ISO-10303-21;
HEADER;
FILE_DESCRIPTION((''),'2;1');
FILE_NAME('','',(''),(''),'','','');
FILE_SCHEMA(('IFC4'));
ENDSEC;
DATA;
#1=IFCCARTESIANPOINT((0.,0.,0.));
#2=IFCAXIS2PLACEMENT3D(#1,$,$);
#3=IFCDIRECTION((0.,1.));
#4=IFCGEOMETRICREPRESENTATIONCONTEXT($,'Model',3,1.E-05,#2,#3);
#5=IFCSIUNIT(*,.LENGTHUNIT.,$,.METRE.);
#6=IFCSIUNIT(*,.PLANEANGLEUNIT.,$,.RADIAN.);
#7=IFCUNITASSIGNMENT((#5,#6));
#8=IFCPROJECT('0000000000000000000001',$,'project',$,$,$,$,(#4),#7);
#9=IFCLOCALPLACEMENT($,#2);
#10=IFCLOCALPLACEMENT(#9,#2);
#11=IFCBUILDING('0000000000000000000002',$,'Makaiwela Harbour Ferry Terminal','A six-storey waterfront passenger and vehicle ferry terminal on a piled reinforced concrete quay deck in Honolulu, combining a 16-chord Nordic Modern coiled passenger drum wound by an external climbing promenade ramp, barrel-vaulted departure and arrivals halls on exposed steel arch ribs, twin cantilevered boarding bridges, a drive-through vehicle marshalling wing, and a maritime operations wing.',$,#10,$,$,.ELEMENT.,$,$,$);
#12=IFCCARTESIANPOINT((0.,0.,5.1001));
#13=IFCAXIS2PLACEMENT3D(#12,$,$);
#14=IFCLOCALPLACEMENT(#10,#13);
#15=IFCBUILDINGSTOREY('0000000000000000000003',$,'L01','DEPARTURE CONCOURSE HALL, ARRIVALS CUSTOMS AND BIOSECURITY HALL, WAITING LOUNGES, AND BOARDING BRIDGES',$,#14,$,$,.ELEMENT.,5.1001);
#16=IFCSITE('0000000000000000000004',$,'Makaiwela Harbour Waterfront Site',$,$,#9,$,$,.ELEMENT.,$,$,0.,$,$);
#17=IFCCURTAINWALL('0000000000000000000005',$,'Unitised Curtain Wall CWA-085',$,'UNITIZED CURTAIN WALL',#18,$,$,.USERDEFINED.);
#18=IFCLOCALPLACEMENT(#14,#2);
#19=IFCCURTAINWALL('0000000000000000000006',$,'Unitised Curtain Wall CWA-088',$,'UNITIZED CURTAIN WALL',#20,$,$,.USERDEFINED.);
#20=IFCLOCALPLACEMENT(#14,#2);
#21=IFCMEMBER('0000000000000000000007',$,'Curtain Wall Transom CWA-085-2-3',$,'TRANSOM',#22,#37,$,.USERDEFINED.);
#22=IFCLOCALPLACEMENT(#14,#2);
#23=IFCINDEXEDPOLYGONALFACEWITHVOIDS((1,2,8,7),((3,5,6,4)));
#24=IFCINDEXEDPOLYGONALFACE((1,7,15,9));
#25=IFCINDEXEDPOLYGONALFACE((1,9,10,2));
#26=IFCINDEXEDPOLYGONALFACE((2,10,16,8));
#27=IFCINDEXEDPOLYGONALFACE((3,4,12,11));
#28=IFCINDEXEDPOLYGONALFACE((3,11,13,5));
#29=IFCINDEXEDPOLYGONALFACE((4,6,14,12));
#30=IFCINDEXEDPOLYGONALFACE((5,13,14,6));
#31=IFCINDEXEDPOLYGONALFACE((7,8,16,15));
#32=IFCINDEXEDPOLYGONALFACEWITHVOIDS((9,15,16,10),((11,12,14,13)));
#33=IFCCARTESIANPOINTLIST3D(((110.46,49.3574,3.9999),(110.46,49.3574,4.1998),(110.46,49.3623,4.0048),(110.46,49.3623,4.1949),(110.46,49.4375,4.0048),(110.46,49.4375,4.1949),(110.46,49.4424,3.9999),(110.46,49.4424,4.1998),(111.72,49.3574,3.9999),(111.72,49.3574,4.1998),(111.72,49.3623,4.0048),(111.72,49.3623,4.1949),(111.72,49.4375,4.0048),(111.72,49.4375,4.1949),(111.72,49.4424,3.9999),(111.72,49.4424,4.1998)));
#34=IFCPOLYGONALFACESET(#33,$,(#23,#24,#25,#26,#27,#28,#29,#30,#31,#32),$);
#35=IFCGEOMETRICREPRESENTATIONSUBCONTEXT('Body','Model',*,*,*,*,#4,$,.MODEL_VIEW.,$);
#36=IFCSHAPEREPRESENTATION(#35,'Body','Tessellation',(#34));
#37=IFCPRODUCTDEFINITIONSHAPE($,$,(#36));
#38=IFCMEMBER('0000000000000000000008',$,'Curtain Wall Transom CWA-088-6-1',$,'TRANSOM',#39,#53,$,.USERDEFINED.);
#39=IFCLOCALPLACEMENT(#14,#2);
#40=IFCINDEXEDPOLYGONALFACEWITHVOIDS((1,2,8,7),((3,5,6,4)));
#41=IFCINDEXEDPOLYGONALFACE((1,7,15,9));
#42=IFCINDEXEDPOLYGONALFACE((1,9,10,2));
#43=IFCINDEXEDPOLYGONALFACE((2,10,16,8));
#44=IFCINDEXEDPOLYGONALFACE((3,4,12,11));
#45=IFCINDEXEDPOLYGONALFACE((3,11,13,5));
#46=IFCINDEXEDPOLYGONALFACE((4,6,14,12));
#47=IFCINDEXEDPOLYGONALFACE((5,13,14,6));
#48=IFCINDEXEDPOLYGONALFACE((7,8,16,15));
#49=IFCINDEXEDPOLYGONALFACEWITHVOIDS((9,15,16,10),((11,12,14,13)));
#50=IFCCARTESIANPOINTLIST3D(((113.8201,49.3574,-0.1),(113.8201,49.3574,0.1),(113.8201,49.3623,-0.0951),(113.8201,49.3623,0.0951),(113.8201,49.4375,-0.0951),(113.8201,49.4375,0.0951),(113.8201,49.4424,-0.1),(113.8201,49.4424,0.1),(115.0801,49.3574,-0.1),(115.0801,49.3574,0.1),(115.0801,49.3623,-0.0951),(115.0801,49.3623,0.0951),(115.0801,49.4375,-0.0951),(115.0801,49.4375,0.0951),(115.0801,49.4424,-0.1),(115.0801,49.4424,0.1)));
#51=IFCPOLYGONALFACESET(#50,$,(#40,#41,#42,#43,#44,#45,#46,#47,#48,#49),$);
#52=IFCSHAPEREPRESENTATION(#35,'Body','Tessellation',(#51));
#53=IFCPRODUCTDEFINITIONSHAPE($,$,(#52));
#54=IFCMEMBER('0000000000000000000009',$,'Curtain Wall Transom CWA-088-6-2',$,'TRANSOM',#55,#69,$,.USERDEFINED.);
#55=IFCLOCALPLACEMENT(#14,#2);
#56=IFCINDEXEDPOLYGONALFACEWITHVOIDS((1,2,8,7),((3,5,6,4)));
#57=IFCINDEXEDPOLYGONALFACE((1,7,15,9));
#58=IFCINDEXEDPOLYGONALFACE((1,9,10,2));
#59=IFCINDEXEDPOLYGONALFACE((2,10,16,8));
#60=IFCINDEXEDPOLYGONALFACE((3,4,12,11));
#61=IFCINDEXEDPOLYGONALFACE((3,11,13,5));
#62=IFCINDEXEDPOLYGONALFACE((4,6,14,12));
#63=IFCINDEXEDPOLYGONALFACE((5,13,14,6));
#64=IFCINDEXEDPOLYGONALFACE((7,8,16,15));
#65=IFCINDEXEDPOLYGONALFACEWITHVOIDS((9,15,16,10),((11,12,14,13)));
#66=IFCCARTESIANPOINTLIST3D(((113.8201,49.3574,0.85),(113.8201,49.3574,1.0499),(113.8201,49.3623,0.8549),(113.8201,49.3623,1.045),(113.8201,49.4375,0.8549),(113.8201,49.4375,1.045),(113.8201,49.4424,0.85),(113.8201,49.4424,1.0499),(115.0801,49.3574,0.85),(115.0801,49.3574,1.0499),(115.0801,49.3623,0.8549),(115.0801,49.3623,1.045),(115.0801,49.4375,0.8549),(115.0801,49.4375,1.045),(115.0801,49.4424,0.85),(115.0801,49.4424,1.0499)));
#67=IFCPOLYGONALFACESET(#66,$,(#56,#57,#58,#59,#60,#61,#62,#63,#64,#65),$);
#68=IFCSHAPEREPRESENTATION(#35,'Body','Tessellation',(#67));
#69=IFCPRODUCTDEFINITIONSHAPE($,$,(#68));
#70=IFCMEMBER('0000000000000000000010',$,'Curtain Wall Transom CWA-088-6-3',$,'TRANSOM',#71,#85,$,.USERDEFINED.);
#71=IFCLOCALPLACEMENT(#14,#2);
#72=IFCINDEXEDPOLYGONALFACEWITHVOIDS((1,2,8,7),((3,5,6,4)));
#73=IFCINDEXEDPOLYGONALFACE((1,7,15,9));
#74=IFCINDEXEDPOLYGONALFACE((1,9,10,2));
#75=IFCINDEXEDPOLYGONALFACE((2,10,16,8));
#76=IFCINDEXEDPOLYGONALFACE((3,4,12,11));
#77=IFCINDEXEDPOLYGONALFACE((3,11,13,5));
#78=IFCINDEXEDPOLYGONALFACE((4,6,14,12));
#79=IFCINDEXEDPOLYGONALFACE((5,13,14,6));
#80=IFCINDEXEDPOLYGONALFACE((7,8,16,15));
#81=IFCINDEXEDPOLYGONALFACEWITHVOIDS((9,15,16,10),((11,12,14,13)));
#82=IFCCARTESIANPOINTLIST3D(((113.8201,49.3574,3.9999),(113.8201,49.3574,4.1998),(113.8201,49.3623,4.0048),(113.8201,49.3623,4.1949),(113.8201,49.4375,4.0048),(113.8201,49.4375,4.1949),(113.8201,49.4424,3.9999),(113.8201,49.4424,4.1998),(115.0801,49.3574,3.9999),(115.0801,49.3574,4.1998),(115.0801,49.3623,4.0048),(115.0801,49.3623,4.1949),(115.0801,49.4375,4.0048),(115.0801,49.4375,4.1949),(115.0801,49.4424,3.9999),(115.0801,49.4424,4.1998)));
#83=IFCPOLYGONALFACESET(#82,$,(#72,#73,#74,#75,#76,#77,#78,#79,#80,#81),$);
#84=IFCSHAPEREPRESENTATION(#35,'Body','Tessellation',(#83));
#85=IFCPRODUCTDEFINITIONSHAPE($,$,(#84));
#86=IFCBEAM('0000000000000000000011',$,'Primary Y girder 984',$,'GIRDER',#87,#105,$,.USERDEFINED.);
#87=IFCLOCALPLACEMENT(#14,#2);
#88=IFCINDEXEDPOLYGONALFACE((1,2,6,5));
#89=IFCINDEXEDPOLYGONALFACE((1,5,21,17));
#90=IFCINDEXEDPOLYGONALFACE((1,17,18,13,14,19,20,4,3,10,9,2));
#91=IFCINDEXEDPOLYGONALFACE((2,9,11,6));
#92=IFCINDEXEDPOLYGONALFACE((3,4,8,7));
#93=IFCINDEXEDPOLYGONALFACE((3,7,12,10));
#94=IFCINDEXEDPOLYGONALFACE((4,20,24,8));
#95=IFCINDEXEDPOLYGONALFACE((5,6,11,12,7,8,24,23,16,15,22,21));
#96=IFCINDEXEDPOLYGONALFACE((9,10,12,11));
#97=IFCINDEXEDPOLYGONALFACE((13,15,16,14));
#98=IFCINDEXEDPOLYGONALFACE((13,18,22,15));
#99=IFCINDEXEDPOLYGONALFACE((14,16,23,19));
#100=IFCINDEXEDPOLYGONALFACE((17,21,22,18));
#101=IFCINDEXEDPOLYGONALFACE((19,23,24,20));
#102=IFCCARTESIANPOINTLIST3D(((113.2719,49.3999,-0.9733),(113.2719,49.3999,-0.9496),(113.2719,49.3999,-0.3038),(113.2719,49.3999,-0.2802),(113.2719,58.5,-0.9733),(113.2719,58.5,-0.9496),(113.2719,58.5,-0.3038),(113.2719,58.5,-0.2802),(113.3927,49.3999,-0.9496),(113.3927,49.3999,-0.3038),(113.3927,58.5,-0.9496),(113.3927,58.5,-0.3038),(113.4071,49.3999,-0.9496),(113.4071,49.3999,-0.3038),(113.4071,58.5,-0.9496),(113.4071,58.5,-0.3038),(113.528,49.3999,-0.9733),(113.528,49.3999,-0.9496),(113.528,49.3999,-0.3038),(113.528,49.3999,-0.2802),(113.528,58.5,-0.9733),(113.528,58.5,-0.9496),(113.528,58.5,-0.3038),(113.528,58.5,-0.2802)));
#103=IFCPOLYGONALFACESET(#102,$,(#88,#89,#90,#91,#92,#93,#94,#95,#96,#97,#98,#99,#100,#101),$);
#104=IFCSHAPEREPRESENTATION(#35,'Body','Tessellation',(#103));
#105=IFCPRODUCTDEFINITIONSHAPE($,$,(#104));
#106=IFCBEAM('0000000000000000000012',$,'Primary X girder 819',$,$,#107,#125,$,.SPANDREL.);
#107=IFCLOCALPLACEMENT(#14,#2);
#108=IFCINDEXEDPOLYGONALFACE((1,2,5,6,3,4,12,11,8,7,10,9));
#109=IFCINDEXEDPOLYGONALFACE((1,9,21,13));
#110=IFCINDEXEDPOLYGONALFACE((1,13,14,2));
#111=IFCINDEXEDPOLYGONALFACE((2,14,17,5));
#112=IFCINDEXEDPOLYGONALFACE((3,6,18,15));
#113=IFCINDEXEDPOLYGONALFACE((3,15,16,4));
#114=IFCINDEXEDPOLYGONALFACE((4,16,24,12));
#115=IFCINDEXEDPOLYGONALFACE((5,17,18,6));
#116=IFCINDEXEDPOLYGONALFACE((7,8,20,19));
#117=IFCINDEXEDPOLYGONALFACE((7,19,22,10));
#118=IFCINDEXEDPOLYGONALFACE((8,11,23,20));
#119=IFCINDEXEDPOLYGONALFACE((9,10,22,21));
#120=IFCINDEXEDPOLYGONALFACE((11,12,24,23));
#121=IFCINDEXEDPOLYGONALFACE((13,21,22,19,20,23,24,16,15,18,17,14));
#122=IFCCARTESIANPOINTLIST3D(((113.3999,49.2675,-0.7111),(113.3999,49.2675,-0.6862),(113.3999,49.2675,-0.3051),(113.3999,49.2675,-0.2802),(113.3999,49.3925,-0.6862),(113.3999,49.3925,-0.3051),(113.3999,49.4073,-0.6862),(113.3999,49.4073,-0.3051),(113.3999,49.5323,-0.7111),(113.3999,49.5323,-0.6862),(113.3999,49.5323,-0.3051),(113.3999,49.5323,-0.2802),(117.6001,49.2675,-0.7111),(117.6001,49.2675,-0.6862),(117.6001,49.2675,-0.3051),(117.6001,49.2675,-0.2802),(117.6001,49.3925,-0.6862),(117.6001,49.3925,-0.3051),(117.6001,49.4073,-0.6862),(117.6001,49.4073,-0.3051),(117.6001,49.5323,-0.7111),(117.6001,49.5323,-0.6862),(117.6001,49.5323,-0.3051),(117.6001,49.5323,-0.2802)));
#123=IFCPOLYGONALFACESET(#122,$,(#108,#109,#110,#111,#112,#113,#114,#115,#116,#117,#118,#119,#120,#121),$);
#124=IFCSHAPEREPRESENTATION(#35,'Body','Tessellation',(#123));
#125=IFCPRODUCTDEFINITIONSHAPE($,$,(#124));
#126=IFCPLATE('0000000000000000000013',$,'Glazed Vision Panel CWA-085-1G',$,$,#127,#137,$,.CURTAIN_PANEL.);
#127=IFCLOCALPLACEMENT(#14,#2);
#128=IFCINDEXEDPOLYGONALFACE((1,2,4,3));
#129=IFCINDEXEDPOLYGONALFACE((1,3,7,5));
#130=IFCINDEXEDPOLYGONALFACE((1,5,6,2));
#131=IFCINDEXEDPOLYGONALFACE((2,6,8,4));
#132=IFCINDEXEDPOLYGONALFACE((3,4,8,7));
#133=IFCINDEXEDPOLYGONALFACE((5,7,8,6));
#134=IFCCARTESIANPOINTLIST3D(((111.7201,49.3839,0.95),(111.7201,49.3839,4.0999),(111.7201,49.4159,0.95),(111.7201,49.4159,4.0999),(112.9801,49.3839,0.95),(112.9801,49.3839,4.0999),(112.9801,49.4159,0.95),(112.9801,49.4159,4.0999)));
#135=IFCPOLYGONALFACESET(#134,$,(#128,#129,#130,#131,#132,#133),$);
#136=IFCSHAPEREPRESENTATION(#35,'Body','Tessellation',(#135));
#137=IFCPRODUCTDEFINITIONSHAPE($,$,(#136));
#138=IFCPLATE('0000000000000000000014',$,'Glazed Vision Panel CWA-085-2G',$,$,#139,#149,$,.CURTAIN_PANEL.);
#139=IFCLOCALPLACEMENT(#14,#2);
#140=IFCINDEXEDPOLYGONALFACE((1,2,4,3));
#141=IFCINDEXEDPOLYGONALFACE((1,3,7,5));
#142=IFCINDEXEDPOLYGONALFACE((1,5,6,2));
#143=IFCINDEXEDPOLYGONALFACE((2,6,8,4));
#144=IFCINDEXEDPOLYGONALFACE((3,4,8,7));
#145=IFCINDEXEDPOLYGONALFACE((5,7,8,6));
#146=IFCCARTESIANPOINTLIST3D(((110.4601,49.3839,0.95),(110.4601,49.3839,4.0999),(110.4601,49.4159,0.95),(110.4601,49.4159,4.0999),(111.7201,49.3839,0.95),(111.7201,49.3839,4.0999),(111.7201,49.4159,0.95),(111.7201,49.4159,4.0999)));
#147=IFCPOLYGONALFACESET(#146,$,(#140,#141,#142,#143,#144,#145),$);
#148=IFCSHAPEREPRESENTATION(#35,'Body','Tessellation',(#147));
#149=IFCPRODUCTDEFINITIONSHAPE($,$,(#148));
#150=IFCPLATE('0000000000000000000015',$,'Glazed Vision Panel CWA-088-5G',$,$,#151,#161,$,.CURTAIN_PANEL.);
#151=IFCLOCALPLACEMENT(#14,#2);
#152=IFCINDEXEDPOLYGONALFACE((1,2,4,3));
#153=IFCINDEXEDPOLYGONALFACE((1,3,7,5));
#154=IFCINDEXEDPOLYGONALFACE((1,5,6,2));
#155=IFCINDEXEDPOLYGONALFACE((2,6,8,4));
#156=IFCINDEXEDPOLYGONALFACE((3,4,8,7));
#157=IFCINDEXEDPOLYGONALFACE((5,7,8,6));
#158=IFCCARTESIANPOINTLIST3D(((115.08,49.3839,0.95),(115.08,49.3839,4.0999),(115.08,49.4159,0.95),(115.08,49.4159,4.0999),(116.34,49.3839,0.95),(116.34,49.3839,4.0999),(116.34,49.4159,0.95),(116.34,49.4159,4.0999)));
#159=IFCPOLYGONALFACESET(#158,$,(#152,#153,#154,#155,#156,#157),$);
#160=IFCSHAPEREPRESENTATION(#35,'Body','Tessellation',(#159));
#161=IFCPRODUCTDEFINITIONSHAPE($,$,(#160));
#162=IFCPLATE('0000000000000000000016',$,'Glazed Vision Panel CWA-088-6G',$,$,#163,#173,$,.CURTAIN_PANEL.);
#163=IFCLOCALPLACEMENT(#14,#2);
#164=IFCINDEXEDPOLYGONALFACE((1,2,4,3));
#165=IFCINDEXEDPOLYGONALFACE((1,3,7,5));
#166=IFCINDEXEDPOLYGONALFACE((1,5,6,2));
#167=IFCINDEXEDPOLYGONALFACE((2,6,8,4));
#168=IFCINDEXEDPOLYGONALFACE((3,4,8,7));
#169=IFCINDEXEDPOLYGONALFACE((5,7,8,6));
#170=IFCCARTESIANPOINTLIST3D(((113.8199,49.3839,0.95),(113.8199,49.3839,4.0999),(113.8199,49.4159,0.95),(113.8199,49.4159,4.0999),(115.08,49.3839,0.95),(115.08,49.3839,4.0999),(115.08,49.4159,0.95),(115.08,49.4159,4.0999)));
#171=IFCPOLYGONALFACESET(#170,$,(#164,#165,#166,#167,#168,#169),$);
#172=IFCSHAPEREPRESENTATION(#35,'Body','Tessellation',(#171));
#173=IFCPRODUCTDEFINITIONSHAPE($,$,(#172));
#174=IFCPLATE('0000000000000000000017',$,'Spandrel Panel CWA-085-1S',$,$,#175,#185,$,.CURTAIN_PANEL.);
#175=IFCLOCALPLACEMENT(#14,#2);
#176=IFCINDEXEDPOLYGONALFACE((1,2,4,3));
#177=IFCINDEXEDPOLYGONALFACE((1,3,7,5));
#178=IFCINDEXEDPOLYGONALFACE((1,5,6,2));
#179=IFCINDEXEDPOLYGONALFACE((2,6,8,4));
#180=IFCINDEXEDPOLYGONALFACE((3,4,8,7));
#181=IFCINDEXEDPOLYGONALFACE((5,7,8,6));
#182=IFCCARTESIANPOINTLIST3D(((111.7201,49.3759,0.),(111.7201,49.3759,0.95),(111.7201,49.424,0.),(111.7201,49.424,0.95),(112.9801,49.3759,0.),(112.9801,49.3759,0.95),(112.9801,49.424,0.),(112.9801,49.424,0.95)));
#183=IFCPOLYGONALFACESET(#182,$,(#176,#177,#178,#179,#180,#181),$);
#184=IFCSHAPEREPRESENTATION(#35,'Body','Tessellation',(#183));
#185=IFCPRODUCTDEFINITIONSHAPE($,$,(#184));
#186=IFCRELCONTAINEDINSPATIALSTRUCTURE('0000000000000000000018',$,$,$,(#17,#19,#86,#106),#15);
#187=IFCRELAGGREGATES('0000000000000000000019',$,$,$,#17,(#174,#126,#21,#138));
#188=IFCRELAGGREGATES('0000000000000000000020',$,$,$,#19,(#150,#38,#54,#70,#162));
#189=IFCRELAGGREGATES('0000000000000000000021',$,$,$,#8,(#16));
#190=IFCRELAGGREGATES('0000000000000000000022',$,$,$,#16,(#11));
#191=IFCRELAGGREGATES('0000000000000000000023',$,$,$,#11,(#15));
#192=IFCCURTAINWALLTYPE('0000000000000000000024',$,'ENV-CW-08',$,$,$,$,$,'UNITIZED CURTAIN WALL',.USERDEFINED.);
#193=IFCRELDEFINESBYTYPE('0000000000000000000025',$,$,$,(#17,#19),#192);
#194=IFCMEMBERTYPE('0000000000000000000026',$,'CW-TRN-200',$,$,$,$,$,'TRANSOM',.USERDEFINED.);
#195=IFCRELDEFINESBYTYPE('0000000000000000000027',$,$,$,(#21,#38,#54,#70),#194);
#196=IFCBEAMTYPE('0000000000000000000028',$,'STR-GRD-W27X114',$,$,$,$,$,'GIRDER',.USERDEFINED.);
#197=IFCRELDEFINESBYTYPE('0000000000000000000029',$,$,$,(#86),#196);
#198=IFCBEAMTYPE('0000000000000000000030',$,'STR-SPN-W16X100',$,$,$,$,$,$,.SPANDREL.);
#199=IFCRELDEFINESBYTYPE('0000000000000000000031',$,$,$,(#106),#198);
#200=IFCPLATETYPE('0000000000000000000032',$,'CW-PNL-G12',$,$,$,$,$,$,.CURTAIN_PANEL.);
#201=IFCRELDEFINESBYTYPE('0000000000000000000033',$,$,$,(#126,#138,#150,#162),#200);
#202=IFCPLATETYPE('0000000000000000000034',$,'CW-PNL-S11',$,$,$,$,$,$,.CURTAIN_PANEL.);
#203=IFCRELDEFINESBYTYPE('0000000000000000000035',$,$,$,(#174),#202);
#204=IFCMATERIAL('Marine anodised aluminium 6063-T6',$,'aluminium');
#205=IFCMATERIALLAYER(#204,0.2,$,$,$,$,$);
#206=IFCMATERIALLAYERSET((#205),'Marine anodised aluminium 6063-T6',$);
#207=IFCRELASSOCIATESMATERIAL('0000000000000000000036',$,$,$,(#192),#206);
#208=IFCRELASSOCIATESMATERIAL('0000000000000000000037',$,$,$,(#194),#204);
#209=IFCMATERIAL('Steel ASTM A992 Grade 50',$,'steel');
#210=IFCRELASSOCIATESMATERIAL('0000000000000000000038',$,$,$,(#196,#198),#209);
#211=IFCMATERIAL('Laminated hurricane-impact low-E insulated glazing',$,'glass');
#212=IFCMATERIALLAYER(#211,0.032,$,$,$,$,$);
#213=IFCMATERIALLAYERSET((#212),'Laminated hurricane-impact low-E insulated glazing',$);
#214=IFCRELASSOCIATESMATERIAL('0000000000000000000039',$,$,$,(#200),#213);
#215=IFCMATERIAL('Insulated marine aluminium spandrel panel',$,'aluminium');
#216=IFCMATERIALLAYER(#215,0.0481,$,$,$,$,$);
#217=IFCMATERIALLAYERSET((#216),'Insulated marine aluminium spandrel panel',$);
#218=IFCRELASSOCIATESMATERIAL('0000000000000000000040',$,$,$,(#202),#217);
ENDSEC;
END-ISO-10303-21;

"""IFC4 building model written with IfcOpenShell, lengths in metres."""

from ifc_helpers import new_model, si_unit, direction, frame, origin, origin_2d, place, context, subcontext, project, spatial, rectangle, hollow_rectangle, i_section, extrude, material, layer, layer_set, material_profile, profile_set, type_object, element, aggregate, save


model = new_model("IFC4")

# Units and contexts
model_context = context("Model", 3, precision=1e-05, world=origin(), true_north=direction((0.0, 1.0)))
body_context = subcontext(model_context, "Body", "Model", "MODEL_VIEW")
ifc_project = project(units=[si_unit("LENGTHUNIT", "METRE"), si_unit("PLANEANGLEUNIT", "RADIAN")], contexts=[model_context])

# Site, building, storey
site_placement = place(None, origin())
site = spatial("IfcSite", under=ifc_project, at=site_placement, Name="Makaiwela Harbour Waterfront Site", CompositionType="ELEMENT", RefElevation=0.0)
building_placement = place(site_placement, origin())
building = spatial("IfcBuilding", under=site, at=building_placement, Name="Makaiwela Harbour Ferry Terminal", Description="A six-storey waterfront passenger and vehicle ferry terminal on a piled reinforced concrete quay deck in Honolulu, combining a 16-chord Nordic Modern coiled passenger drum wound by an external climbing promenade ramp, barrel-vaulted departure and arrivals halls on exposed steel arch ribs, twin cantilevered boarding bridges, a drive-through vehicle marshalling wing, and a maritime operations wing.", CompositionType="ELEMENT")
storey_placement = place(building_placement, frame((0.0, 0.0, 5.1001)))
storey = spatial("IfcBuildingStorey", under=building, at=storey_placement, Name="L01", Description="DEPARTURE CONCOURSE HALL, ARRIVALS CUSTOMS AND BIOSECURITY HALL, WAITING LOUNGES, AND BOARDING BRIDGES", CompositionType="ELEMENT", Elevation=5.1001)

# Shared definitions
ifc_material_1 = material(Name="Steel ASTM A992 Grade 50", Category="steel")

# Curtain walls
ifc_material_2 = material(Name="Marine anodised aluminium 6063-T6", Category="aluminium")
ifc_layer_1 = layer(ifc_material_2, 0.2)
ifc_layer_set_1 = layer_set([ifc_layer_1], Name="Marine anodised aluminium 6063-T6")
curtain_wall_type = type_object("IfcCurtainWallType", Name="ENV-CW-08", ElementType="UNITIZED CURTAIN WALL", PredefinedType="USERDEFINED", material=ifc_layer_set_1)
curtain_wall_1_placement = place(storey_placement, origin())
curtain_wall_1 = element("IfcCurtainWall", 1, at=curtain_wall_1_placement, inside=storey, type_object=curtain_wall_type, Name="Unitised Curtain Wall CWA-085", ObjectType="UNITIZED CURTAIN WALL", PredefinedType="USERDEFINED")
curtain_wall_2_placement = place(storey_placement, origin())
curtain_wall_2 = element("IfcCurtainWall", 2, at=curtain_wall_2_placement, inside=storey, type_object=curtain_wall_type, Name="Unitised Curtain Wall CWA-088", ObjectType="UNITIZED CURTAIN WALL", PredefinedType="USERDEFINED")

# Members
ifc_material_profile_1 = material_profile(ifc_material_2, hollow_rectangle(XDim=0.085, YDim=0.2, WallThickness=0.0049, at=origin_2d()), Name="CWT-200X85")
ifc_profile_set_1 = profile_set([ifc_material_profile_1], Name="Marine anodised aluminium 6063-T6")
member_type_1 = type_object("IfcMemberType", Name="CW-TRN-200", ElementType="TRANSOM", PredefinedType="USERDEFINED", material=ifc_profile_set_1)
member_1_placement = place(storey_placement, frame((111.72, 49.3999, 4.0999), z_axis=(-1.0, 0.0, 0.0), x_axis=(0.0, -1.0, 0.0)))
member_1 = element("IfcMember", 3, at=member_1_placement, type_object=member_type_1, Name="Curtain Wall Transom CWA-085-2-3", ObjectType="TRANSOM", PredefinedType="USERDEFINED", context=body_context, shape_type="SweptSolid", body=[
    extrude(hollow_rectangle(XDim=0.085, YDim=0.2, WallThickness=0.0049, at=origin_2d()), origin(), (0.0, 0.0, 1.0), 1.26),
])
member_2_placement = place(storey_placement, frame((115.0801, 49.3999, 0.0), z_axis=(-1.0, 0.0, 0.0), x_axis=(0.0, -1.0, 0.0)))
member_2 = element("IfcMember", 4, at=member_2_placement, type_object=member_type_1, Name="Curtain Wall Transom CWA-088-6-1", ObjectType="TRANSOM", PredefinedType="USERDEFINED", context=body_context, shape_type="SweptSolid", body=[
    extrude(hollow_rectangle(XDim=0.085, YDim=0.2, WallThickness=0.0049, at=origin_2d()), origin(), (0.0, 0.0, 1.0), 1.26),
])
member_3_placement = place(storey_placement, frame((115.0801, 49.3999, 0.95), z_axis=(-1.0, 0.0, 0.0), x_axis=(0.0, -1.0, 0.0)))
member_3 = element("IfcMember", 5, at=member_3_placement, type_object=member_type_1, Name="Curtain Wall Transom CWA-088-6-2", ObjectType="TRANSOM", PredefinedType="USERDEFINED", context=body_context, shape_type="SweptSolid", body=[
    extrude(hollow_rectangle(XDim=0.085, YDim=0.2, WallThickness=0.0049, at=origin_2d()), origin(), (0.0, 0.0, 1.0), 1.26),
])
member_4_placement = place(storey_placement, frame((115.0801, 49.3999, 4.0999), z_axis=(-1.0, 0.0, 0.0), x_axis=(0.0, -1.0, 0.0)))
member_4 = element("IfcMember", 6, at=member_4_placement, type_object=member_type_1, Name="Curtain Wall Transom CWA-088-6-3", ObjectType="TRANSOM", PredefinedType="USERDEFINED", context=body_context, shape_type="SweptSolid", body=[
    extrude(hollow_rectangle(XDim=0.085, YDim=0.2, WallThickness=0.0049, at=origin_2d()), origin(), (0.0, 0.0, 1.0), 1.26),
])

# Beams
ifc_material_profile_2 = material_profile(ifc_material_1, i_section(OverallWidth=0.2561, OverallDepth=0.6931, WebThickness=0.0144, FlangeThickness=0.0237, at=origin_2d()), Name="W27X114")
ifc_profile_set_2 = profile_set([ifc_material_profile_2], Name="Steel ASTM A992 Grade 50")
beam_type_1 = type_object("IfcBeamType", Name="STR-GRD-W27X114", ElementType="GIRDER", PredefinedType="USERDEFINED", material=ifc_profile_set_2)
beam_1_placement = place(storey_placement, frame((113.3999, 49.3999, -0.6267), z_axis=(0.0, 1.0, 0.0), x_axis=(-1.0, 0.0, 0.0)))
element("IfcBeam", 7, at=beam_1_placement, inside=storey, type_object=beam_type_1, Name="Primary Y girder 984", ObjectType="GIRDER", PredefinedType="USERDEFINED", context=body_context, shape_type="SweptSolid", body=[
    extrude(i_section(OverallWidth=0.2561, OverallDepth=0.6931, WebThickness=0.0144, FlangeThickness=0.0237, at=origin_2d()), origin(), (0.0, 0.0, 1.0), 9.1001),
])
ifc_material_profile_3 = material_profile(ifc_material_1, i_section(OverallWidth=0.2649, OverallDepth=0.4309, WebThickness=0.0149, FlangeThickness=0.0249, at=origin_2d()), Name="W16X100")
ifc_profile_set_3 = profile_set([ifc_material_profile_3], Name="Steel ASTM A992 Grade 50")
beam_type_2 = type_object("IfcBeamType", Name="STR-SPN-W16X100", PredefinedType="SPANDREL", material=ifc_profile_set_3)
beam_2_placement = place(storey_placement, frame((113.3999, 49.3999, -0.4956), z_axis=(1.0, 0.0, 0.0), x_axis=(0.0, 1.0, 0.0)))
element("IfcBeam", 8, at=beam_2_placement, inside=storey, type_object=beam_type_2, Name="Primary X girder 819", PredefinedType="SPANDREL", context=body_context, shape_type="SweptSolid", body=[
    extrude(i_section(OverallWidth=0.2649, OverallDepth=0.4309, WebThickness=0.0149, FlangeThickness=0.0249, at=origin_2d()), origin(), (0.0, 0.0, 1.0), 4.2002),
])

# Plates
ifc_material_3 = material(Name="Laminated hurricane-impact low-E insulated glazing", Category="glass")
ifc_layer_2 = layer(ifc_material_3, 0.032)
ifc_layer_set_2 = layer_set([ifc_layer_2], Name="Laminated hurricane-impact low-E insulated glazing")
plate_type_1 = type_object("IfcPlateType", Name="CW-PNL-G12", PredefinedType="CURTAIN_PANEL", material=ifc_layer_set_2)
plate_1_placement = place(storey_placement, frame((112.3501, 49.3999, 0.95), z_axis=(0.0, 0.0, 1.0), x_axis=(-1.0, 0.0, 0.0)))
plate_1 = element("IfcPlate", 9, at=plate_1_placement, type_object=plate_type_1, Name="Glazed Vision Panel CWA-085-1G", PredefinedType="CURTAIN_PANEL", context=body_context, shape_type="SweptSolid", body=[
    extrude(rectangle(XDim=1.26, YDim=0.032, at=origin_2d()), origin(), (0.0, 0.0, 1.0), 3.1499),
])
plate_2_placement = place(storey_placement, frame((111.0901, 49.3999, 0.95), z_axis=(0.0, 0.0, 1.0), x_axis=(-1.0, 0.0, 0.0)))
plate_2 = element("IfcPlate", 10, at=plate_2_placement, type_object=plate_type_1, Name="Glazed Vision Panel CWA-085-2G", PredefinedType="CURTAIN_PANEL", context=body_context, shape_type="SweptSolid", body=[
    extrude(rectangle(XDim=1.26, YDim=0.032, at=origin_2d()), origin(), (0.0, 0.0, 1.0), 3.1499),
])
plate_3_placement = place(storey_placement, frame((115.71, 49.3999, 0.95), z_axis=(0.0, 0.0, 1.0), x_axis=(-1.0, 0.0, 0.0)))
plate_3 = element("IfcPlate", 11, at=plate_3_placement, type_object=plate_type_1, Name="Glazed Vision Panel CWA-088-5G", PredefinedType="CURTAIN_PANEL", context=body_context, shape_type="SweptSolid", body=[
    extrude(rectangle(XDim=1.26, YDim=0.032, at=origin_2d()), origin(), (0.0, 0.0, 1.0), 3.1499),
])
plate_4_placement = place(storey_placement, frame((114.45, 49.3999, 0.95), z_axis=(0.0, 0.0, 1.0), x_axis=(-1.0, 0.0, 0.0)))
plate_4 = element("IfcPlate", 12, at=plate_4_placement, type_object=plate_type_1, Name="Glazed Vision Panel CWA-088-6G", PredefinedType="CURTAIN_PANEL", context=body_context, shape_type="SweptSolid", body=[
    extrude(rectangle(XDim=1.26, YDim=0.032, at=origin_2d()), origin(), (0.0, 0.0, 1.0), 3.1499),
])
ifc_material_4 = material(Name="Insulated marine aluminium spandrel panel", Category="aluminium")
ifc_layer_3 = layer(ifc_material_4, 0.0481)
ifc_layer_set_3 = layer_set([ifc_layer_3], Name="Insulated marine aluminium spandrel panel")
plate_type_2 = type_object("IfcPlateType", Name="CW-PNL-S11", PredefinedType="CURTAIN_PANEL", material=ifc_layer_set_3)
plate_5_placement = place(storey_placement, frame((112.3501, 49.3999, 0.0), z_axis=(0.0, 0.0, 1.0), x_axis=(-1.0, 0.0, 0.0)))
plate_5 = element("IfcPlate", 13, at=plate_5_placement, type_object=plate_type_2, Name="Spandrel Panel CWA-085-1S", PredefinedType="CURTAIN_PANEL", context=body_context, shape_type="SweptSolid", body=[
    extrude(rectangle(XDim=1.26, YDim=0.0481, at=origin_2d()), origin(), (0.0, 0.0, 1.0), 0.95),
])
aggregate(curtain_wall_1, [plate_5, plate_1, member_1, plate_2])
aggregate(curtain_wall_2, [plate_3, member_2, member_3, member_4, plate_4])

save(model, "model.ifc")
